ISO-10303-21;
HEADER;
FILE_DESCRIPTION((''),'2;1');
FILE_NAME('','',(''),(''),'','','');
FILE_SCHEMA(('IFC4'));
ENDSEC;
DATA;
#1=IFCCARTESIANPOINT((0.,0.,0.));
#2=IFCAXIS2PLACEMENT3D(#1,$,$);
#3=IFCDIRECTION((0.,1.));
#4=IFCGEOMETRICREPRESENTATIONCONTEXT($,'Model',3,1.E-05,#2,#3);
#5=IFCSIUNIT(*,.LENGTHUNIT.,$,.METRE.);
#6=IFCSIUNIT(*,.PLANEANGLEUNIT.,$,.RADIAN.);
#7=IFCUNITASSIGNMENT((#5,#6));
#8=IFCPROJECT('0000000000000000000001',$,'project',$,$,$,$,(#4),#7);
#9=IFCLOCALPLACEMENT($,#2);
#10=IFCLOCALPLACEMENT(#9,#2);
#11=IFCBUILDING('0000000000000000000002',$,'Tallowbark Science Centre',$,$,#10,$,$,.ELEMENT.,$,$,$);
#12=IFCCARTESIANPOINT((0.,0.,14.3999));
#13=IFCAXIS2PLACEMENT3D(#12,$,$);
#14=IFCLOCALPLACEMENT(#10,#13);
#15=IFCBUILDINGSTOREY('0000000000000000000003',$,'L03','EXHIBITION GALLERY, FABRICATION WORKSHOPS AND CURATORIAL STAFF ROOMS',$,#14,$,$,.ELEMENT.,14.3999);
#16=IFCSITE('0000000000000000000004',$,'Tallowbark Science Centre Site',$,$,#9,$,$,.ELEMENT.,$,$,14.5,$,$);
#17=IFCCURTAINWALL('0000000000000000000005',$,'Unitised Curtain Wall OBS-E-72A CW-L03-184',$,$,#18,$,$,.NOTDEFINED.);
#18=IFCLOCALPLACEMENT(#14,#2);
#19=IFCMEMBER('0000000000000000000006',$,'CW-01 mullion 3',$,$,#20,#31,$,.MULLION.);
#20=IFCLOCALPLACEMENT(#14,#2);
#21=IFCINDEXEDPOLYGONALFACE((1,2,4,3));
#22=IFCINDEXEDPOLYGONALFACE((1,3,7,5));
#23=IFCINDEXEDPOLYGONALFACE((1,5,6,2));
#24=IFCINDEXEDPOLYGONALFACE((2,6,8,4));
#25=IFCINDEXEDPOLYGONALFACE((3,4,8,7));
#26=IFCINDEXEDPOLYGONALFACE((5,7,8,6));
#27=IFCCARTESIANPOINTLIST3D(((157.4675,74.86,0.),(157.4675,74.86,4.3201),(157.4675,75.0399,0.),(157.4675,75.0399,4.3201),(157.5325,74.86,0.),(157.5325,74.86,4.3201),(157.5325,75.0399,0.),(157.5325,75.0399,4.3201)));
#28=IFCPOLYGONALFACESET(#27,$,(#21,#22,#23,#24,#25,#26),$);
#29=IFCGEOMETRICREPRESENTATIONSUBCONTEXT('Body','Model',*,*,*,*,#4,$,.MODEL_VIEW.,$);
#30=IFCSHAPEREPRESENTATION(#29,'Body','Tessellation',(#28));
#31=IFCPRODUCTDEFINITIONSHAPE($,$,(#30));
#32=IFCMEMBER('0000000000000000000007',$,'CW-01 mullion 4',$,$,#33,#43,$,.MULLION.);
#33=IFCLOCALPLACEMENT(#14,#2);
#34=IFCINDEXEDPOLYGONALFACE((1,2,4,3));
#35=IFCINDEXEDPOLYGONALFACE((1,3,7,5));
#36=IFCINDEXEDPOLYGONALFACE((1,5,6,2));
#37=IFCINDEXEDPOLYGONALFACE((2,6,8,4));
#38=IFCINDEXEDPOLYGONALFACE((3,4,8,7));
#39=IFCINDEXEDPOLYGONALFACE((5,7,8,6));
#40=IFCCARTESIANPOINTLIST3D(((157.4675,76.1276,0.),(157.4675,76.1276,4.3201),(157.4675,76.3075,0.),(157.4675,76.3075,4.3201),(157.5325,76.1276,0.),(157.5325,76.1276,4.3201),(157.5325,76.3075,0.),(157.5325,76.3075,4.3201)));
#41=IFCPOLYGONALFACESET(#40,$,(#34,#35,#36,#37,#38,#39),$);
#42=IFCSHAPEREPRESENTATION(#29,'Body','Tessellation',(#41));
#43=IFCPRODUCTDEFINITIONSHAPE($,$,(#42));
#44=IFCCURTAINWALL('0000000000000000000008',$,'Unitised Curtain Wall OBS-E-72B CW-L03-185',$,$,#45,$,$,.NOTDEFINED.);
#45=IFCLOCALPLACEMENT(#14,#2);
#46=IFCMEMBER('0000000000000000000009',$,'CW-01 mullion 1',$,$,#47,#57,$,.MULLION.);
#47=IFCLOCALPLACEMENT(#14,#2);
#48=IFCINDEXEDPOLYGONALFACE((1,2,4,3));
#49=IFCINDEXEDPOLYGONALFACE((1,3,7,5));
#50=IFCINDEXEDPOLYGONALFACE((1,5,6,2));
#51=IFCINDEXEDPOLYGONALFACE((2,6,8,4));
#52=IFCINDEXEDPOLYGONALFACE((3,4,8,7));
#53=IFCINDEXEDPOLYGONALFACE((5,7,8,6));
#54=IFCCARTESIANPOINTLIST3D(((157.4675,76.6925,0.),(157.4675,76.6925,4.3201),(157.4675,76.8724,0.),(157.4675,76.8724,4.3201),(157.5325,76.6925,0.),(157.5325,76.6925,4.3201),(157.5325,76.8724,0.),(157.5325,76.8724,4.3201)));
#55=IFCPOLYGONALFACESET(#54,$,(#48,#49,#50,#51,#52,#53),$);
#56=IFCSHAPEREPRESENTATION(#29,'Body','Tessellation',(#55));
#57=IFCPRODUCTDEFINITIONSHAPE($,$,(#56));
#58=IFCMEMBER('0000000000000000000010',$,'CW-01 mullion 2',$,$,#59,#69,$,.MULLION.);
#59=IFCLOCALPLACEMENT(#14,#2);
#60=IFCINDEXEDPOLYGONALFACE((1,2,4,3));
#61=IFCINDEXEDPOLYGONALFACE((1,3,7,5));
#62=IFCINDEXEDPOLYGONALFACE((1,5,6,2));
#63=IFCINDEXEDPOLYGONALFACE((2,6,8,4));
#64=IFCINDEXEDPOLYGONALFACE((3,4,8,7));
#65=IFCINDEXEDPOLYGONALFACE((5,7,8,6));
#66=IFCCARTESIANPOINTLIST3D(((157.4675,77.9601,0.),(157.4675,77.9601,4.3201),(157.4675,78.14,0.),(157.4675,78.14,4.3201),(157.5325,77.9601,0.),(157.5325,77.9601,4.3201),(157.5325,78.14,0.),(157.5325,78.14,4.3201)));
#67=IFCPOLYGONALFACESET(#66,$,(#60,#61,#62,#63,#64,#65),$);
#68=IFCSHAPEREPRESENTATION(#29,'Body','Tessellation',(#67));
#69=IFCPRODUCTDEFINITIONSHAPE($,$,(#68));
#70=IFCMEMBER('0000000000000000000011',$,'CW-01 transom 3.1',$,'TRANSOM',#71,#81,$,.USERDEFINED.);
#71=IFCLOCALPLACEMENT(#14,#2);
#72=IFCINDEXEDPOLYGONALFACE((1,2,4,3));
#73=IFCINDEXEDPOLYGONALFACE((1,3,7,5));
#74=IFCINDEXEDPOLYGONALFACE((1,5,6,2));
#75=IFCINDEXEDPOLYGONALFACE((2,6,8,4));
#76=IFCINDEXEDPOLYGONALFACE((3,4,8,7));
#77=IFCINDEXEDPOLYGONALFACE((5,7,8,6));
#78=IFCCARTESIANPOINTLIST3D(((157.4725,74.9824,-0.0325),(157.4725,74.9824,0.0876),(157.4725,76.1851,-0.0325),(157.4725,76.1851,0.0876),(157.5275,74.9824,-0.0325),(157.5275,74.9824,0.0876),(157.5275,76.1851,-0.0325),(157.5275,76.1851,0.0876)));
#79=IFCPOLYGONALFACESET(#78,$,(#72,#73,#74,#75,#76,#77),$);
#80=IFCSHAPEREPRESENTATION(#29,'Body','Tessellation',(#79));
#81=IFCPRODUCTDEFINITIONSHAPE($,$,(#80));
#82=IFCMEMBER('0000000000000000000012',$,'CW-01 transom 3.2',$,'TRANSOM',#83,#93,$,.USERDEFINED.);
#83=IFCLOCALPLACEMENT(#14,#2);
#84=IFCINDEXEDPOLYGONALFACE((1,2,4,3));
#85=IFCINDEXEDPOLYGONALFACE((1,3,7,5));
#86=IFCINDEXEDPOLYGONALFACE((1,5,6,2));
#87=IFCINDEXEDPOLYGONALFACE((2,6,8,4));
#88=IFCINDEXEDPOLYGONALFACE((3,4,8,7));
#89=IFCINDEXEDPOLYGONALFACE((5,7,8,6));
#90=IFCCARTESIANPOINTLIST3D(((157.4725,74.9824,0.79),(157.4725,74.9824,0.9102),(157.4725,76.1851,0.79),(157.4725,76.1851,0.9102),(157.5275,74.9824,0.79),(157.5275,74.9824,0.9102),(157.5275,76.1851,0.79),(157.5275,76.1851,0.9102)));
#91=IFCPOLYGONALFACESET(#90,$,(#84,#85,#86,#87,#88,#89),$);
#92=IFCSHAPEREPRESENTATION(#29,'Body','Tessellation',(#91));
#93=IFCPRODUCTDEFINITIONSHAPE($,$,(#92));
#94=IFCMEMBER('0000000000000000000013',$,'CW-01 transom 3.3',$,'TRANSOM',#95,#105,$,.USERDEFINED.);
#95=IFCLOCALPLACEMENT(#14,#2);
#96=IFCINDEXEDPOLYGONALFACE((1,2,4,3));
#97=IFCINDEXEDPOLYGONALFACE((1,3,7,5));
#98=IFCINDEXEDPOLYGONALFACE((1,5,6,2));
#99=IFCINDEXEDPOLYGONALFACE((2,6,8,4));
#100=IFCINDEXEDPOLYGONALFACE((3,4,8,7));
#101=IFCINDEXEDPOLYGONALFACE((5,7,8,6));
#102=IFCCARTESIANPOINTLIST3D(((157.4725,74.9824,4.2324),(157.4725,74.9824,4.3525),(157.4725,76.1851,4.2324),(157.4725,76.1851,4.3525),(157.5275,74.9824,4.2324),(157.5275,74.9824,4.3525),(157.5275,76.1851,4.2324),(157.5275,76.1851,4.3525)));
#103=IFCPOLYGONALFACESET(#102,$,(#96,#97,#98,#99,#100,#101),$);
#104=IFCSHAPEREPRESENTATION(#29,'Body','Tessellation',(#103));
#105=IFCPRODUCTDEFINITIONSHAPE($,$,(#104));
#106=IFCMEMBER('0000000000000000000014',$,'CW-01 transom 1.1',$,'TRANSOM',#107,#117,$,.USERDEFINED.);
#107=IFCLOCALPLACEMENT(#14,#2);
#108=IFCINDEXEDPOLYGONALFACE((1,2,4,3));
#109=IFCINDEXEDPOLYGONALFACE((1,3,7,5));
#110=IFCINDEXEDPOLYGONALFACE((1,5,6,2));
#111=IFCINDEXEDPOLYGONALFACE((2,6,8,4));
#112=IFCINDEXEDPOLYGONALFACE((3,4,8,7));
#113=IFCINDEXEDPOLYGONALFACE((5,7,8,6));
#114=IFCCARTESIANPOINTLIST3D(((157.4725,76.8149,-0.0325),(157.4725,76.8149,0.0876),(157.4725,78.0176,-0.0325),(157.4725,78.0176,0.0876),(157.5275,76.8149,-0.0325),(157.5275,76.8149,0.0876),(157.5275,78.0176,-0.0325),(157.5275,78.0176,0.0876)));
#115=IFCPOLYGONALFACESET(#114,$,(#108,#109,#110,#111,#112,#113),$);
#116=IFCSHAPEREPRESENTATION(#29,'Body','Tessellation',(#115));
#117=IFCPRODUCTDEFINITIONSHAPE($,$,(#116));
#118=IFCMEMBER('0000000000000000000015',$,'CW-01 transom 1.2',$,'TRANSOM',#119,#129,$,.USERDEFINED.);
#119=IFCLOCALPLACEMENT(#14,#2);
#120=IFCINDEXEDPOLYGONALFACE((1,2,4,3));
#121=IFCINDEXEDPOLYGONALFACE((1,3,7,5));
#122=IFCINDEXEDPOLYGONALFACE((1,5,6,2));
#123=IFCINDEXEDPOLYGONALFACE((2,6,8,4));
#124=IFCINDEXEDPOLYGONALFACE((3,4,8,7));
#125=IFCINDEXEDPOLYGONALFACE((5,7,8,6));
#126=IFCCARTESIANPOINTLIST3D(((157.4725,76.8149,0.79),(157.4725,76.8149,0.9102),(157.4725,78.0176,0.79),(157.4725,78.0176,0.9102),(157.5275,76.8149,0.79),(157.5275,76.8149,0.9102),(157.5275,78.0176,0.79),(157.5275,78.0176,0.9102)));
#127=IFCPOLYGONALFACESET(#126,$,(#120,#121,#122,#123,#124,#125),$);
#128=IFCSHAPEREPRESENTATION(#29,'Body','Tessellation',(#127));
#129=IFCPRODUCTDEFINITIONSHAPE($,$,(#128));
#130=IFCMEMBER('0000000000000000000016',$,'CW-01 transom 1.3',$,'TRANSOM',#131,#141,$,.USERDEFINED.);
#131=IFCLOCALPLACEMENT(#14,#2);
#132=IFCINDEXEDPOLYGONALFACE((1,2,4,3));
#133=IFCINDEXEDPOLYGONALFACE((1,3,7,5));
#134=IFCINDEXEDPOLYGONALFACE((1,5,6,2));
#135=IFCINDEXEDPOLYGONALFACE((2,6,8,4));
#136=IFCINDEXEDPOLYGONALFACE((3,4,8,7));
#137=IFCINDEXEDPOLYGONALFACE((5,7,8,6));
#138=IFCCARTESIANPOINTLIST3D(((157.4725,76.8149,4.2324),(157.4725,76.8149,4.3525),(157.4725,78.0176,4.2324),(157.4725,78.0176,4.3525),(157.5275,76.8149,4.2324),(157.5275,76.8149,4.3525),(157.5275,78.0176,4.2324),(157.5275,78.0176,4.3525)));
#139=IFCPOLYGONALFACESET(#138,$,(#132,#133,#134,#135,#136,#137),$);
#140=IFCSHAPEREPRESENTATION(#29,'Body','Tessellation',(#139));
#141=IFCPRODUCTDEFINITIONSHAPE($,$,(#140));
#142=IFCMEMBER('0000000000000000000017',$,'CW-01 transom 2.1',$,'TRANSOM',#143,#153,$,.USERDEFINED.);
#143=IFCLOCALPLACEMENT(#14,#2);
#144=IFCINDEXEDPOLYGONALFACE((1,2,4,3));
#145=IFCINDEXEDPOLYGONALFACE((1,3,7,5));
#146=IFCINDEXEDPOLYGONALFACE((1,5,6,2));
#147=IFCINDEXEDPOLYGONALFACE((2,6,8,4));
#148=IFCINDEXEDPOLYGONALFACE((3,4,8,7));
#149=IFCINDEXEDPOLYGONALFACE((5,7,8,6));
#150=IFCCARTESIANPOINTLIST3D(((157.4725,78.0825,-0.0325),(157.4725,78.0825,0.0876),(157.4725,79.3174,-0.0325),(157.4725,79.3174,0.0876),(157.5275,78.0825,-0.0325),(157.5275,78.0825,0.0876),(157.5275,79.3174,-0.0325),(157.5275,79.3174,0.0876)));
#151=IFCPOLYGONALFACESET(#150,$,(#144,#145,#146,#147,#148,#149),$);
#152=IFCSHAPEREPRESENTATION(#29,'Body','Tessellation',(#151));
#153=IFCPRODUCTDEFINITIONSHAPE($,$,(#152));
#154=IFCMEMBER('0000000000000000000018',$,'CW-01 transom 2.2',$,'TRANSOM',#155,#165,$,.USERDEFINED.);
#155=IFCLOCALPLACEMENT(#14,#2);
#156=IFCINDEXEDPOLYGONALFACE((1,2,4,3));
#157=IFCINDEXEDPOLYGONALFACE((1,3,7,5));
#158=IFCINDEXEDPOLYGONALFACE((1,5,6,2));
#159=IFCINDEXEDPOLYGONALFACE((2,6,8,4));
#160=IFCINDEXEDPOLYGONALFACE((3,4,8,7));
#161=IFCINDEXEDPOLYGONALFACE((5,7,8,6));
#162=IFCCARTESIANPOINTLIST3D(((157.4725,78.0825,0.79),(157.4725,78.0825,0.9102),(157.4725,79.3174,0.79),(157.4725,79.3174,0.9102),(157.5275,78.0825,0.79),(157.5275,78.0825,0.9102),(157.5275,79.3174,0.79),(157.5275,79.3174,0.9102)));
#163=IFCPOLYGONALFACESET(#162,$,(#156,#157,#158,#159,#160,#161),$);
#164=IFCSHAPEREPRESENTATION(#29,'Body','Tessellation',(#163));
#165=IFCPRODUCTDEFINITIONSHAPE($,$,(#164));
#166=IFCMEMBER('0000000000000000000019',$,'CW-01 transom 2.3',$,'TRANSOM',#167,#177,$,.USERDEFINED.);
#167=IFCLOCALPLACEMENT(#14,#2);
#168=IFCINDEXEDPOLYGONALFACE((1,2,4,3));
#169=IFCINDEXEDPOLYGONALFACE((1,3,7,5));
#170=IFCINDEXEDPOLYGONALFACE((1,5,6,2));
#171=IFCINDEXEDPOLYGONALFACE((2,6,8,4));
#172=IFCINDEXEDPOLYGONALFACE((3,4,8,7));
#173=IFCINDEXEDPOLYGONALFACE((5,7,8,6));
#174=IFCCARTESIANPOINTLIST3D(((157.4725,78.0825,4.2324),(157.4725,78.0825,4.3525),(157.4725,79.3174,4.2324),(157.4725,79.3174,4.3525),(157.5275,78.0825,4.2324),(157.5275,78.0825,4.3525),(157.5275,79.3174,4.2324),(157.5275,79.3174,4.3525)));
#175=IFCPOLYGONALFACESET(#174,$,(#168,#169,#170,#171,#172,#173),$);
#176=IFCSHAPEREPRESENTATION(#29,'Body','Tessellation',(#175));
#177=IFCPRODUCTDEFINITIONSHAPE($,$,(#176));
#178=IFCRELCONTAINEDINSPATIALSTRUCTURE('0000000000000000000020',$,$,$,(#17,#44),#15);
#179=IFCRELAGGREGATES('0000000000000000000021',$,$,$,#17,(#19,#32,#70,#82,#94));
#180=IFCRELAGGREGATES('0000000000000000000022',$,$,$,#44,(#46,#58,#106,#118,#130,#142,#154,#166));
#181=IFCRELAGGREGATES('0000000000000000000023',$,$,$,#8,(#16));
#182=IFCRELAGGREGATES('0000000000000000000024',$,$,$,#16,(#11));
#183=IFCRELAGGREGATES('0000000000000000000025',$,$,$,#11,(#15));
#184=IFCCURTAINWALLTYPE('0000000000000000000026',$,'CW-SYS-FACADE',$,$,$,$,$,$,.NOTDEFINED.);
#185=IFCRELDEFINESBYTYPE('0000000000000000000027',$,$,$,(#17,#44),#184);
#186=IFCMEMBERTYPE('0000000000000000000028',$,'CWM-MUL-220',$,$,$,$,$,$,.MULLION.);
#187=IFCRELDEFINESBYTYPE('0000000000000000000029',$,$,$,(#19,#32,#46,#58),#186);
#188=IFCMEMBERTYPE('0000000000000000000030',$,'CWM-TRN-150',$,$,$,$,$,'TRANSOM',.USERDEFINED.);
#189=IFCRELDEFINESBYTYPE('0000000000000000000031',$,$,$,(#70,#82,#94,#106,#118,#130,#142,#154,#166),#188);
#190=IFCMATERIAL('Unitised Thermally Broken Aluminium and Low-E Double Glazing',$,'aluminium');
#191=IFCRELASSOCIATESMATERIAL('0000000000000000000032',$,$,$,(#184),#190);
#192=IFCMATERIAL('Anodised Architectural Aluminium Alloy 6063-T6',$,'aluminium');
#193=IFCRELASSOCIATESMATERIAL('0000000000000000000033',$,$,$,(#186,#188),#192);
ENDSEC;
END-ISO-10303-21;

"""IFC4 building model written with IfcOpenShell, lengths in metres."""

from ifc_helpers import new_model, si_unit, direction, frame, origin, origin_2d, place, context, subcontext, project, spatial, rectangle, extrude, material, material_profile, profile_set, type_object, element, aggregate, save


model = new_model("IFC4")

# Units and contexts
model_context = context("Model", 3, precision=1e-05, world=origin(), true_north=direction((0.0, 1.0)))
body_context = subcontext(model_context, "Body", "Model", "MODEL_VIEW")
ifc_project = project(units=[si_unit("LENGTHUNIT", "METRE"), si_unit("PLANEANGLEUNIT", "RADIAN")], contexts=[model_context])

# Site, building, storey
site_placement = place(None, origin())
site = spatial("IfcSite", under=ifc_project, at=site_placement, Name="Tallowbark Science Centre Site", CompositionType="ELEMENT", RefElevation=14.5)
building_placement = place(site_placement, origin())
building = spatial("IfcBuilding", under=site, at=building_placement, Name="Tallowbark Science Centre", CompositionType="ELEMENT")
storey_placement = place(building_placement, frame((0.0, 0.0, 14.3999)))
storey = spatial("IfcBuildingStorey", under=building, at=storey_placement, Name="L03", Description="EXHIBITION GALLERY, FABRICATION WORKSHOPS AND CURATORIAL STAFF ROOMS", CompositionType="ELEMENT", Elevation=14.3999)

# Curtain walls, members
ifc_material_1 = material(Name="Unitised Thermally Broken Aluminium and Low-E Double Glazing", Category="aluminium")
curtain_wall_type = type_object("IfcCurtainWallType", Name="CW-SYS-FACADE", PredefinedType="NOTDEFINED", material=ifc_material_1)
curtain_wall_1_placement = place(storey_placement, origin())
curtain_wall_1 = element("IfcCurtainWall", 1, at=curtain_wall_1_placement, inside=storey, type_object=curtain_wall_type, Name="Unitised Curtain Wall OBS-E-72A CW-L03-184", PredefinedType="NOTDEFINED")
ifc_material_2 = material(Name="Anodised Architectural Aluminium Alloy 6063-T6", Category="aluminium")
ifc_material_profile_1 = material_profile(ifc_material_2, rectangle(XDim=0.0649, YDim=0.1799, at=origin_2d()), Name="ALU65x180")
ifc_profile_set_1 = profile_set([ifc_material_profile_1], Name="Anodised Architectural Aluminium Alloy 6063-T6")
member_type_1 = type_object("IfcMemberType", Name="CWM-MUL-220", PredefinedType="MULLION", material=ifc_profile_set_1)
member_1_placement = place(storey_placement, frame((157.5, 74.95, 0.0), z_axis=(0.0, 0.0, 1.0), x_axis=(-1.0, 0.0, 0.0)))
member_1 = element("IfcMember", 2, at=member_1_placement, type_object=member_type_1, Name="CW-01 mullion 3", PredefinedType="MULLION", context=body_context, shape_type="SweptSolid", body=[
    extrude(rectangle(XDim=0.0649, YDim=0.1799, at=origin_2d()), origin(), (0.0, 0.0, 1.0), 4.3201),
])
member_2_placement = place(storey_placement, frame((157.5, 76.2175, 0.0), z_axis=(0.0, 0.0, 1.0), x_axis=(-1.0, 0.0, 0.0)))
member_2 = element("IfcMember", 3, at=member_2_placement, type_object=member_type_1, Name="CW-01 mullion 4", PredefinedType="MULLION", context=body_context, shape_type="SweptSolid", body=[
    extrude(rectangle(XDim=0.0649, YDim=0.1799, at=origin_2d()), origin(), (0.0, 0.0, 1.0), 4.3201),
])
curtain_wall_2_placement = place(storey_placement, origin())
curtain_wall_2 = element("IfcCurtainWall", 4, at=curtain_wall_2_placement, inside=storey, type_object=curtain_wall_type, Name="Unitised Curtain Wall OBS-E-72B CW-L03-185", PredefinedType="NOTDEFINED")
member_3_placement = place(storey_placement, frame((157.5, 76.7825, 0.0), z_axis=(0.0, 0.0, 1.0), x_axis=(-1.0, 0.0, 0.0)))
member_3 = element("IfcMember", 5, at=member_3_placement, type_object=member_type_1, Name="CW-01 mullion 1", PredefinedType="MULLION", context=body_context, shape_type="SweptSolid", body=[
    extrude(rectangle(XDim=0.0649, YDim=0.1799, at=origin_2d()), origin(), (0.0, 0.0, 1.0), 4.3201),
])
member_4_placement = place(storey_placement, frame((157.5, 78.05, 0.0), z_axis=(0.0, 0.0, 1.0), x_axis=(-1.0, 0.0, 0.0)))
member_4 = element("IfcMember", 6, at=member_4_placement, type_object=member_type_1, Name="CW-01 mullion 2", PredefinedType="MULLION", context=body_context, shape_type="SweptSolid", body=[
    extrude(rectangle(XDim=0.0649, YDim=0.1799, at=origin_2d()), origin(), (0.0, 0.0, 1.0), 4.3201),
])

# Members
ifc_material_profile_2 = material_profile(ifc_material_2, rectangle(XDim=0.0549, YDim=0.1201, at=origin_2d()), Name="ALU55x120")
ifc_profile_set_2 = profile_set([ifc_material_profile_2], Name="Anodised Architectural Aluminium Alloy 6063-T6")
member_type_2 = type_object("IfcMemberType", Name="CWM-TRN-150", ElementType="TRANSOM", PredefinedType="USERDEFINED", material=ifc_profile_set_2)
member_5_placement = place(storey_placement, frame((157.5, 74.9824, 0.0276), z_axis=(0.0, 1.0, 0.0), x_axis=(-1.0, 0.0, 0.0)))
member_5 = element("IfcMember", 7, at=member_5_placement, type_object=member_type_2, Name="CW-01 transom 3.1", ObjectType="TRANSOM", PredefinedType="USERDEFINED", context=body_context, shape_type="SweptSolid", body=[
    extrude(rectangle(XDim=0.0549, YDim=0.1201, at=origin_2d()), origin(), (0.0, 0.0, 1.0), 1.2026),
])
member_6_placement = place(storey_placement, frame((157.5, 74.9824, 0.8501), z_axis=(0.0, 1.0, 0.0), x_axis=(-1.0, 0.0, 0.0)))
member_6 = element("IfcMember", 8, at=member_6_placement, type_object=member_type_2, Name="CW-01 transom 3.2", ObjectType="TRANSOM", PredefinedType="USERDEFINED", context=body_context, shape_type="SweptSolid", body=[
    extrude(rectangle(XDim=0.0549, YDim=0.1201, at=origin_2d()), origin(), (0.0, 0.0, 1.0), 1.2026),
])
member_7_placement = place(storey_placement, frame((157.5, 74.9824, 4.2925), z_axis=(0.0, 1.0, 0.0), x_axis=(-1.0, 0.0, 0.0)))
member_7 = element("IfcMember", 9, at=member_7_placement, type_object=member_type_2, Name="CW-01 transom 3.3", ObjectType="TRANSOM", PredefinedType="USERDEFINED", context=body_context, shape_type="SweptSolid", body=[
    extrude(rectangle(XDim=0.0549, YDim=0.1201, at=origin_2d()), origin(), (0.0, 0.0, 1.0), 1.2026),
])
member_8_placement = place(storey_placement, frame((157.5, 76.8149, 0.0276), z_axis=(0.0, 1.0, 0.0), x_axis=(-1.0, 0.0, 0.0)))
member_8 = element("IfcMember", 10, at=member_8_placement, type_object=member_type_2, Name="CW-01 transom 1.1", ObjectType="TRANSOM", PredefinedType="USERDEFINED", context=body_context, shape_type="SweptSolid", body=[
    extrude(rectangle(XDim=0.0549, YDim=0.1201, at=origin_2d()), origin(), (0.0, 0.0, 1.0), 1.2026),
])
member_9_placement = place(storey_placement, frame((157.5, 76.8149, 0.8501), z_axis=(0.0, 1.0, 0.0), x_axis=(-1.0, 0.0, 0.0)))
member_9 = element("IfcMember", 11, at=member_9_placement, type_object=member_type_2, Name="CW-01 transom 1.2", ObjectType="TRANSOM", PredefinedType="USERDEFINED", context=body_context, shape_type="SweptSolid", body=[
    extrude(rectangle(XDim=0.0549, YDim=0.1201, at=origin_2d()), origin(), (0.0, 0.0, 1.0), 1.2026),
])
member_10_placement = place(storey_placement, frame((157.5, 76.8149, 4.2925), z_axis=(0.0, 1.0, 0.0), x_axis=(-1.0, 0.0, 0.0)))
member_10 = element("IfcMember", 12, at=member_10_placement, type_object=member_type_2, Name="CW-01 transom 1.3", ObjectType="TRANSOM", PredefinedType="USERDEFINED", context=body_context, shape_type="SweptSolid", body=[
    extrude(rectangle(XDim=0.0549, YDim=0.1201, at=origin_2d()), origin(), (0.0, 0.0, 1.0), 1.2026),
])
member_11_placement = place(storey_placement, frame((157.5, 78.0825, 0.0276), z_axis=(0.0, 1.0, 0.0), x_axis=(-1.0, 0.0, 0.0)))
member_11 = element("IfcMember", 13, at=member_11_placement, type_object=member_type_2, Name="CW-01 transom 2.1", ObjectType="TRANSOM", PredefinedType="USERDEFINED", context=body_context, shape_type="SweptSolid", body=[
    extrude(rectangle(XDim=0.0549, YDim=0.1201, at=origin_2d()), origin(), (0.0, 0.0, 1.0), 1.2349),
])
member_12_placement = place(storey_placement, frame((157.5, 78.0825, 0.8501), z_axis=(0.0, 1.0, 0.0), x_axis=(-1.0, 0.0, 0.0)))
member_12 = element("IfcMember", 14, at=member_12_placement, type_object=member_type_2, Name="CW-01 transom 2.2", ObjectType="TRANSOM", PredefinedType="USERDEFINED", context=body_context, shape_type="SweptSolid", body=[
    extrude(rectangle(XDim=0.0549, YDim=0.1201, at=origin_2d()), origin(), (0.0, 0.0, 1.0), 1.2349),
])
member_13_placement = place(storey_placement, frame((157.5, 78.0825, 4.2925), z_axis=(0.0, 1.0, 0.0), x_axis=(-1.0, 0.0, 0.0)))
member_13 = element("IfcMember", 15, at=member_13_placement, type_object=member_type_2, Name="CW-01 transom 2.3", ObjectType="TRANSOM", PredefinedType="USERDEFINED", context=body_context, shape_type="SweptSolid", body=[
    extrude(rectangle(XDim=0.0549, YDim=0.1201, at=origin_2d()), origin(), (0.0, 0.0, 1.0), 1.2349),
])

aggregate(curtain_wall_1, [member_1, member_2, member_5, member_6, member_7])
aggregate(curtain_wall_2, [member_3, member_4, member_8, member_9, member_10, member_11, member_12, member_13])

save(model, "model.ifc")
